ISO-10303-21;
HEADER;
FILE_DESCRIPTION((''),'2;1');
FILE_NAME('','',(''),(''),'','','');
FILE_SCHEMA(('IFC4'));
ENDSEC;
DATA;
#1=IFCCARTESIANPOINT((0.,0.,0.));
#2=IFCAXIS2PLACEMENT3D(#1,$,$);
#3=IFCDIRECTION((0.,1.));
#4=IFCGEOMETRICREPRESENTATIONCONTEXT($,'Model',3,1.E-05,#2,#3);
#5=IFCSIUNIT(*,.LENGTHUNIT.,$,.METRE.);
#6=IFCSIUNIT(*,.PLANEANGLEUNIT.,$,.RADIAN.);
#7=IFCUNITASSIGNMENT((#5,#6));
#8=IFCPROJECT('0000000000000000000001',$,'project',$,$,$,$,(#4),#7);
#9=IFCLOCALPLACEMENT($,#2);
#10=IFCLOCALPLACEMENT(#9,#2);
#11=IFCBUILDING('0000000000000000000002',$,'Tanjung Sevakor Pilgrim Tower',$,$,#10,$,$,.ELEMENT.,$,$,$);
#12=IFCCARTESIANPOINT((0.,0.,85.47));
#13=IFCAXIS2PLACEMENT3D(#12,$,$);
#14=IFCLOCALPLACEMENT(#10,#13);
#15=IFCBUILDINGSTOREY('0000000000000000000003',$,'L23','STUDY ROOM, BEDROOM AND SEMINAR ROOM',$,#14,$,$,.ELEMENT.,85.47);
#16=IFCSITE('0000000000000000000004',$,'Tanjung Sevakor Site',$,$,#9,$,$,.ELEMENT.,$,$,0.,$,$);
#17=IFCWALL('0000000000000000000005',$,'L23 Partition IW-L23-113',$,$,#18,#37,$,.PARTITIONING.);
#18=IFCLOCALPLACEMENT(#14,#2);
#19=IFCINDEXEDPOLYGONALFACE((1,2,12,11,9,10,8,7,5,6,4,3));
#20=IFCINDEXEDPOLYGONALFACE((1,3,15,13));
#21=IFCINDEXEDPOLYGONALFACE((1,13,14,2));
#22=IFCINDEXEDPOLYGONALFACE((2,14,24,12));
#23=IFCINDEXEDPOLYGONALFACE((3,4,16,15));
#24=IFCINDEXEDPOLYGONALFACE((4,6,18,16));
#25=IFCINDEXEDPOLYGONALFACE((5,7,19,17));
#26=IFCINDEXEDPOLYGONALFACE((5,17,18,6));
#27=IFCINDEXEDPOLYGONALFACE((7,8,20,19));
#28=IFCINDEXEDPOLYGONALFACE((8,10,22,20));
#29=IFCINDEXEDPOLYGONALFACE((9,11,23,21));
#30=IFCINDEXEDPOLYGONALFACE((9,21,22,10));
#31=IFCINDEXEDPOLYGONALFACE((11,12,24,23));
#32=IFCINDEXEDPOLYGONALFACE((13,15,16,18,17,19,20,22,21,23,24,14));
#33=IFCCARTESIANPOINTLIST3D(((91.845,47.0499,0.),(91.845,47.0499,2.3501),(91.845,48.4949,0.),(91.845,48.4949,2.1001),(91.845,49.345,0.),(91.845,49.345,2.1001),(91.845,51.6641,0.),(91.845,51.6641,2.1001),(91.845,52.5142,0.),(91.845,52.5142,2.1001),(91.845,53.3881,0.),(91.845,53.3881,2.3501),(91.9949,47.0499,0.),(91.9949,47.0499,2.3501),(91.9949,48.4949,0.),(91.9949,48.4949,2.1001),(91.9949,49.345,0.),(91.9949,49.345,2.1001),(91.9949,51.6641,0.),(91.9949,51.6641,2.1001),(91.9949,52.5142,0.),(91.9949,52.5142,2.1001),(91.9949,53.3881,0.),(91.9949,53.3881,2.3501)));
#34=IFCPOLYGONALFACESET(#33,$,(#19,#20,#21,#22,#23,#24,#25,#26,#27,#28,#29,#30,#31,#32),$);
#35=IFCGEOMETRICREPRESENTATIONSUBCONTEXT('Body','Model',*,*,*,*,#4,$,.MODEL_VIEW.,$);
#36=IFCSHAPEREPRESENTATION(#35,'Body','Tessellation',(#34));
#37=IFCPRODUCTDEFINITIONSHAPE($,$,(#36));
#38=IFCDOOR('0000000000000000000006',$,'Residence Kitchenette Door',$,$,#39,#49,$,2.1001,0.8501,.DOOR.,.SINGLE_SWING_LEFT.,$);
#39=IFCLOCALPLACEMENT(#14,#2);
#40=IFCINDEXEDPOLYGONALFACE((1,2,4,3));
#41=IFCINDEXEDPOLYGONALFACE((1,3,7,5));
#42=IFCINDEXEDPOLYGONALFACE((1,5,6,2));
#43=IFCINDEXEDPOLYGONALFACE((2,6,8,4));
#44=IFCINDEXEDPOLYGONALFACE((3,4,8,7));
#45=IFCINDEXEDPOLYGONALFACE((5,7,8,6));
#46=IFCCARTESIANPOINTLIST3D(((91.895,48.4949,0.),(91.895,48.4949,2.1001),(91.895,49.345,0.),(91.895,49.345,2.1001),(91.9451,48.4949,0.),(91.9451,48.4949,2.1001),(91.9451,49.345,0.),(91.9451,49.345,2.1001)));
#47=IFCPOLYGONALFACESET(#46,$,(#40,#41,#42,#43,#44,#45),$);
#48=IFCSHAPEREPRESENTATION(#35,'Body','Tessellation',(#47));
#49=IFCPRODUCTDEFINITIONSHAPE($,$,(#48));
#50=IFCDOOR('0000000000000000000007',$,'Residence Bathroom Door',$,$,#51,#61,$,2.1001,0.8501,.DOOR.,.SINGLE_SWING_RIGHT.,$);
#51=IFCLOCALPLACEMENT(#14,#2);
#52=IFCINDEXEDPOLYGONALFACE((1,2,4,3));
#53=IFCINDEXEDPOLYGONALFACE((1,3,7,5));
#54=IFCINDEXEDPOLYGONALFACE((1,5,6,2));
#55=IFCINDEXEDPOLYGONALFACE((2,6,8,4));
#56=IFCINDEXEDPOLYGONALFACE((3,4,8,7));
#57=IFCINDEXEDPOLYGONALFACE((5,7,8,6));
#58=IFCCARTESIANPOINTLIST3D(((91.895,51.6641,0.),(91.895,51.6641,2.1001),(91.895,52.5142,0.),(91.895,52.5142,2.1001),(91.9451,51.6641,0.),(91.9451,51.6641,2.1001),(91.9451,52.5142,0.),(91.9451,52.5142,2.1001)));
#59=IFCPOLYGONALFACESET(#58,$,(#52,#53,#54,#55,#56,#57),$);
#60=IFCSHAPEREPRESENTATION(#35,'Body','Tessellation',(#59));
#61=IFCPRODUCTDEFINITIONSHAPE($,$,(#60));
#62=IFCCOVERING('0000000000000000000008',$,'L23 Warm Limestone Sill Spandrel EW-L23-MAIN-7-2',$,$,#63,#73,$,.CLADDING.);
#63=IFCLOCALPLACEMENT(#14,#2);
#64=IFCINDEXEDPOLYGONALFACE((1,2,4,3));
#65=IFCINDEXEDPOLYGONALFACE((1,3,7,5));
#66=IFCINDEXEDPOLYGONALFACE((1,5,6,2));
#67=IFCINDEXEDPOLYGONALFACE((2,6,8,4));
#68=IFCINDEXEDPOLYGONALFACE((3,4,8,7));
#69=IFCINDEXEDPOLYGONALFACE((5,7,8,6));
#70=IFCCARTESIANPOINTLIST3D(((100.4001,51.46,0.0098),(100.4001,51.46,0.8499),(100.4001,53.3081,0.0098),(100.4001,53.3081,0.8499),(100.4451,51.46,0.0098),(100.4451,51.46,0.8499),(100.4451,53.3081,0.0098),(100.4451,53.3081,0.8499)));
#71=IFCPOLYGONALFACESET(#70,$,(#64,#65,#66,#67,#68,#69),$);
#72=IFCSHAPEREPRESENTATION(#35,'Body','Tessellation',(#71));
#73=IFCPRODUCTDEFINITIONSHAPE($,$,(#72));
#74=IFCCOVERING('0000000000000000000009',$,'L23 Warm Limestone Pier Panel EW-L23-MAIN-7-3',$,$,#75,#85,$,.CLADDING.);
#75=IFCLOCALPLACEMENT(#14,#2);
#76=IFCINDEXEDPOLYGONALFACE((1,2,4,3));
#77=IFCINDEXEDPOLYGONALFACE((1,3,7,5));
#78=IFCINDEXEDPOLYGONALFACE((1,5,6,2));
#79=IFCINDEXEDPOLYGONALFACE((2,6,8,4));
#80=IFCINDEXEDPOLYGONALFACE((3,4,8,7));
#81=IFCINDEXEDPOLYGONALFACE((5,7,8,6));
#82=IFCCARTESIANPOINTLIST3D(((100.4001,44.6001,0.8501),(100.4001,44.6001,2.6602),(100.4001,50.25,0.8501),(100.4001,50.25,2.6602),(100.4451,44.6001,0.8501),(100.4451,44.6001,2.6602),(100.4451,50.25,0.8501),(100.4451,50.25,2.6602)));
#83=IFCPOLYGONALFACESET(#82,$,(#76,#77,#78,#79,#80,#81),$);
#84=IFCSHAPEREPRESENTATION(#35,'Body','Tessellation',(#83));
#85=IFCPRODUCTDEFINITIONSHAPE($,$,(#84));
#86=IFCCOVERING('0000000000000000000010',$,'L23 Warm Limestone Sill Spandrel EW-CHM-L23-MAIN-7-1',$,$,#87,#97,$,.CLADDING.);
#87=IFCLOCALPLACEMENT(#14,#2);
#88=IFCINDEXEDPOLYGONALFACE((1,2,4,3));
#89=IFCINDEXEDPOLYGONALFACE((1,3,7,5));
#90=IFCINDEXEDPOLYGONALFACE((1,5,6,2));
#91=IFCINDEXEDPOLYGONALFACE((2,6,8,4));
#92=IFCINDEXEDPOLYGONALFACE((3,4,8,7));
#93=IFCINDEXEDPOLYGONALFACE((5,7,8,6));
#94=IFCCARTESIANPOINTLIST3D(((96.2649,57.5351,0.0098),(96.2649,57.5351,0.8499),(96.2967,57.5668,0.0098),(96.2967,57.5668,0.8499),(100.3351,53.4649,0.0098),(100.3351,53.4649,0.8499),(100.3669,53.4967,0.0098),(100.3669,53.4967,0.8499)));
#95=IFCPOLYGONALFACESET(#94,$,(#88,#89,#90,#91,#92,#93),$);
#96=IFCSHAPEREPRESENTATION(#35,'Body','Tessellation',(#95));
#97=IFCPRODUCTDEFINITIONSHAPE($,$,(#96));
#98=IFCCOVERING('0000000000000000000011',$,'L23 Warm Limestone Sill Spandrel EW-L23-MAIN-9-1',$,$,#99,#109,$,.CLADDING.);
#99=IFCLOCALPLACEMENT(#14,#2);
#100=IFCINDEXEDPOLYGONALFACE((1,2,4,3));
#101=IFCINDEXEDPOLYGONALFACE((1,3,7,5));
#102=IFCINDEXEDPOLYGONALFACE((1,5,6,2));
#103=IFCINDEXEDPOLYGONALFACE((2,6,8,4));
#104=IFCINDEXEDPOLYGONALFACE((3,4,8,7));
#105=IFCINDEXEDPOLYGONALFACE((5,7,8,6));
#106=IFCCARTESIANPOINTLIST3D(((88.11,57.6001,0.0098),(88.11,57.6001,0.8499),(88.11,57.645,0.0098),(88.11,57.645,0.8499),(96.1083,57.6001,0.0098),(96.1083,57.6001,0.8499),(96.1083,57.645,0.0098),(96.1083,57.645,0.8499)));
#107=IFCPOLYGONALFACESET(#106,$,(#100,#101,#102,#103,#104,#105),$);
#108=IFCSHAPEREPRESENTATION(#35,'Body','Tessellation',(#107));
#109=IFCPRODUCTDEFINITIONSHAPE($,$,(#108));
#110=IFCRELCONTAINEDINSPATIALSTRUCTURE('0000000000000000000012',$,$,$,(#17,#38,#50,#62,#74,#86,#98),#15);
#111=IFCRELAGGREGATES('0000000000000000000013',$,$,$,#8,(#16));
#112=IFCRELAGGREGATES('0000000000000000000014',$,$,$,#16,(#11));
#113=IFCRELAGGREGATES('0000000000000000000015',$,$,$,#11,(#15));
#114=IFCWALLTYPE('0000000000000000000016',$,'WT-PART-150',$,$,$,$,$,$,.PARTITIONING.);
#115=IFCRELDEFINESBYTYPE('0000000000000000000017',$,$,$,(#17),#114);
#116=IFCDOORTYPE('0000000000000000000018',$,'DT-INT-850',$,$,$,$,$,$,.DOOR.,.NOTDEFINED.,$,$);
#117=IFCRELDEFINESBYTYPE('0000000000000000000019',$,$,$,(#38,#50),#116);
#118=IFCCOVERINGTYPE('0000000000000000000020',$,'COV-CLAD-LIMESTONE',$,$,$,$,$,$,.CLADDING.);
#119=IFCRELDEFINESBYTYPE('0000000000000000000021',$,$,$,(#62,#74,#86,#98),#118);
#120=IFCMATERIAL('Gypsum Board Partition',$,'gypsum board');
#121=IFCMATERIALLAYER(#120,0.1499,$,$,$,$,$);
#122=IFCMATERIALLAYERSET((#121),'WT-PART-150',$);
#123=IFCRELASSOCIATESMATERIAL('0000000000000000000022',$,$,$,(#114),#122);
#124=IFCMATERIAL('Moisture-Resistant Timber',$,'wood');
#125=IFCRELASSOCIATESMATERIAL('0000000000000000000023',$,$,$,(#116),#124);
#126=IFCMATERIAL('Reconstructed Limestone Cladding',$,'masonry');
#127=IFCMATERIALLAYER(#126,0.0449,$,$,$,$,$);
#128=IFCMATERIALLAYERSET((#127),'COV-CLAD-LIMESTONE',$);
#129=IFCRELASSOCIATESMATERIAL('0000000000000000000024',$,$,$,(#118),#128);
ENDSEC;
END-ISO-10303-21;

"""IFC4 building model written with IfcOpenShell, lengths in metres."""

from ifc_helpers import new_model, si_unit, direction, frame, frame_2d, origin, origin_2d, place, context, subcontext, project, spatial, rectangle, extrude, material, layer, layer_set, type_object, element, fill, save


model = new_model("IFC4")

# Units and contexts
model_context = context("Model", 3, precision=1e-05, world=origin(), true_north=direction((0.0, 1.0)))
body_context = subcontext(model_context, "Body", "Model", "MODEL_VIEW")
ifc_project = project(units=[si_unit("LENGTHUNIT", "METRE"), si_unit("PLANEANGLEUNIT", "RADIAN")], contexts=[model_context])

# Site, building, storey
site_placement = place(None, origin())
site = spatial("IfcSite", under=ifc_project, at=site_placement, Name="Tanjung Sevakor Site", CompositionType="ELEMENT", RefElevation=0.0)
building_placement = place(site_placement, origin())
building = spatial("IfcBuilding", under=site, at=building_placement, Name="Tanjung Sevakor Pilgrim Tower", CompositionType="ELEMENT")
storey_placement = place(building_placement, frame((0.0, 0.0, 85.47)))
storey = spatial("IfcBuildingStorey", under=building, at=storey_placement, Name="L23", Description="STUDY ROOM, BEDROOM AND SEMINAR ROOM", CompositionType="ELEMENT", Elevation=85.47)

# Wall, openings, doors
ifc_material_1 = material(Name="Gypsum Board Partition", Category="gypsum board")
ifc_layer_1 = layer(ifc_material_1, 0.1499)
ifc_layer_set_1 = layer_set([ifc_layer_1], Name="WT-PART-150")
wall_type_1 = type_object("IfcWallType", Name="WT-PART-150", PredefinedType="PARTITIONING", material=ifc_layer_set_1)
wall_1_placement = place(storey_placement, frame((91.9199, 47.05, 0.0), z_axis=(0.0, 0.0, 1.0), x_axis=(0.0, 1.0, 0.0)))
wall_1 = element("IfcWall", 1, at=wall_1_placement, inside=storey, type_object=wall_type_1, Name="L23 Partition IW-L23-113", PredefinedType="PARTITIONING", context=body_context, shape_type="SweptSolid", body=[
    extrude(rectangle(XDim=6.3381, YDim=0.1499, at=frame_2d((3.1689, 0.0))), origin(), (0.0, 0.0, 1.0), 2.3501),
])
opening_1_placement = place(wall_1_placement, frame((1.4448, 0.0, 0.0)))
opening_1 = element("IfcOpeningElement", 2, at=opening_1_placement, cuts=wall_1, PredefinedType="OPENING", context=body_context, shape_type="SweptSolid", body=[
    extrude(rectangle(XDim=0.8501, YDim=2.1001, at=frame_2d((0.425, 1.05))), frame((0.0, 0.085, 0.0), z_axis=(0.0, -1.0, 0.0), x_axis=(1.0, 0.0, 0.0)), (0.0, 0.0, 1.0), 0.1699),
])
opening_2_placement = place(wall_1_placement, frame((4.614, 0.0, 0.0)))
opening_2 = element("IfcOpeningElement", 3, at=opening_2_placement, cuts=wall_1, PredefinedType="OPENING", context=body_context, shape_type="SweptSolid", body=[
    extrude(rectangle(XDim=0.8501, YDim=2.1001, at=frame_2d((0.425, 1.05))), frame((0.0, 0.085, 0.0), z_axis=(0.0, -1.0, 0.0), x_axis=(1.0, 0.0, 0.0)), (0.0, 0.0, 1.0), 0.1699),
])
ifc_material_2 = material(Name="Moisture-Resistant Timber", Category="wood")
door_type_1 = type_object("IfcDoorType", Name="DT-INT-850", OperationType="NOTDEFINED", PredefinedType="DOOR", material=ifc_material_2)
door_1_placement = place(opening_1_placement, origin())
door_1 = element("IfcDoor", 4, at=door_1_placement, inside=storey, type_object=door_type_1, Name="Residence Kitchenette Door", OperationType="SINGLE_SWING_LEFT", OverallHeight=2.1001, OverallWidth=0.8501, PredefinedType="DOOR", context=body_context, shape_type="SweptSolid", body=[
    extrude(rectangle(XDim=0.8501, YDim=2.1001, at=frame_2d((0.425, 1.05))), frame((0.0, 0.0249, 0.0), z_axis=(0.0, -1.0, 0.0), x_axis=(1.0, 0.0, 0.0)), (0.0, 0.0, 1.0), 0.05),
])
fill(opening_1, door_1)
door_2_placement = place(opening_2_placement, origin())
door_2 = element("IfcDoor", 5, at=door_2_placement, inside=storey, type_object=door_type_1, Name="Residence Bathroom Door", OperationType="SINGLE_SWING_RIGHT", OverallHeight=2.1001, OverallWidth=0.8501, PredefinedType="DOOR", context=body_context, shape_type="SweptSolid", body=[
    extrude(rectangle(XDim=0.8501, YDim=2.1001, at=frame_2d((0.425, 1.05))), frame((0.0, 0.0249, 0.0), z_axis=(0.0, -1.0, 0.0), x_axis=(1.0, 0.0, 0.0)), (0.0, 0.0, 1.0), 0.05),
])
fill(opening_2, door_2)

# Coverings
ifc_material_3 = material(Name="Reconstructed Limestone Cladding", Category="masonry")
ifc_layer_2 = layer(ifc_material_3, 0.0449)
ifc_layer_set_2 = layer_set([ifc_layer_2], Name="COV-CLAD-LIMESTONE")
covering_type = type_object("IfcCoveringType", Name="COV-CLAD-LIMESTONE", PredefinedType="CLADDING", material=ifc_layer_set_2)
covering_1_placement = place(storey_placement, frame((100.4226, 52.384, 0.0098), z_axis=(0.0, 0.0, 1.0), x_axis=(0.0, 1.0, 0.0)))
element("IfcCovering", 6, at=covering_1_placement, inside=storey, type_object=covering_type, Name="L23 Warm Limestone Sill Spandrel EW-L23-MAIN-7-2", PredefinedType="CLADDING", context=body_context, shape_type="SweptSolid", body=[
    extrude(rectangle(XDim=1.8481, YDim=0.0449, at=origin_2d()), origin(), (0.0, 0.0, 1.0), 0.8401),
])
covering_2_placement = place(storey_placement, frame((100.4226, 47.425, 0.8501), z_axis=(0.0, 0.0, 1.0), x_axis=(0.0, 1.0, 0.0)))
element("IfcCovering", 7, at=covering_2_placement, inside=storey, type_object=covering_type, Name="L23 Warm Limestone Pier Panel EW-L23-MAIN-7-3", PredefinedType="CLADDING", context=body_context, shape_type="SweptSolid", body=[
    extrude(rectangle(XDim=5.6499, YDim=0.0449, at=origin_2d()), origin(), (0.0, 0.0, 1.0), 1.8101),
])
covering_3_placement = place(storey_placement, frame((98.3159, 55.5159, 0.0098), z_axis=(0.0, 0.0, 1.0), x_axis=(-0.707107, 0.707107, 0.0)))
element("IfcCovering", 8, at=covering_3_placement, inside=storey, type_object=covering_type, Name="L23 Warm Limestone Sill Spandrel EW-CHM-L23-MAIN-7-1", PredefinedType="CLADDING", context=body_context, shape_type="SweptSolid", body=[
    extrude(rectangle(XDim=5.7561, YDim=0.0449, at=origin_2d()), origin(), (0.0, 0.0, 1.0), 0.8401),
])
covering_4_placement = place(storey_placement, frame((92.1091, 57.6226, 0.0098), z_axis=(0.0, 0.0, 1.0), x_axis=(-1.0, 0.0, 0.0)))
element("IfcCovering", 9, at=covering_4_placement, inside=storey, type_object=covering_type, Name="L23 Warm Limestone Sill Spandrel EW-L23-MAIN-9-1", PredefinedType="CLADDING", context=body_context, shape_type="SweptSolid", body=[
    extrude(rectangle(XDim=7.9983, YDim=0.0449, at=origin_2d()), origin(), (0.0, 0.0, 1.0), 0.8401),
])

save(model, "model.ifc")
